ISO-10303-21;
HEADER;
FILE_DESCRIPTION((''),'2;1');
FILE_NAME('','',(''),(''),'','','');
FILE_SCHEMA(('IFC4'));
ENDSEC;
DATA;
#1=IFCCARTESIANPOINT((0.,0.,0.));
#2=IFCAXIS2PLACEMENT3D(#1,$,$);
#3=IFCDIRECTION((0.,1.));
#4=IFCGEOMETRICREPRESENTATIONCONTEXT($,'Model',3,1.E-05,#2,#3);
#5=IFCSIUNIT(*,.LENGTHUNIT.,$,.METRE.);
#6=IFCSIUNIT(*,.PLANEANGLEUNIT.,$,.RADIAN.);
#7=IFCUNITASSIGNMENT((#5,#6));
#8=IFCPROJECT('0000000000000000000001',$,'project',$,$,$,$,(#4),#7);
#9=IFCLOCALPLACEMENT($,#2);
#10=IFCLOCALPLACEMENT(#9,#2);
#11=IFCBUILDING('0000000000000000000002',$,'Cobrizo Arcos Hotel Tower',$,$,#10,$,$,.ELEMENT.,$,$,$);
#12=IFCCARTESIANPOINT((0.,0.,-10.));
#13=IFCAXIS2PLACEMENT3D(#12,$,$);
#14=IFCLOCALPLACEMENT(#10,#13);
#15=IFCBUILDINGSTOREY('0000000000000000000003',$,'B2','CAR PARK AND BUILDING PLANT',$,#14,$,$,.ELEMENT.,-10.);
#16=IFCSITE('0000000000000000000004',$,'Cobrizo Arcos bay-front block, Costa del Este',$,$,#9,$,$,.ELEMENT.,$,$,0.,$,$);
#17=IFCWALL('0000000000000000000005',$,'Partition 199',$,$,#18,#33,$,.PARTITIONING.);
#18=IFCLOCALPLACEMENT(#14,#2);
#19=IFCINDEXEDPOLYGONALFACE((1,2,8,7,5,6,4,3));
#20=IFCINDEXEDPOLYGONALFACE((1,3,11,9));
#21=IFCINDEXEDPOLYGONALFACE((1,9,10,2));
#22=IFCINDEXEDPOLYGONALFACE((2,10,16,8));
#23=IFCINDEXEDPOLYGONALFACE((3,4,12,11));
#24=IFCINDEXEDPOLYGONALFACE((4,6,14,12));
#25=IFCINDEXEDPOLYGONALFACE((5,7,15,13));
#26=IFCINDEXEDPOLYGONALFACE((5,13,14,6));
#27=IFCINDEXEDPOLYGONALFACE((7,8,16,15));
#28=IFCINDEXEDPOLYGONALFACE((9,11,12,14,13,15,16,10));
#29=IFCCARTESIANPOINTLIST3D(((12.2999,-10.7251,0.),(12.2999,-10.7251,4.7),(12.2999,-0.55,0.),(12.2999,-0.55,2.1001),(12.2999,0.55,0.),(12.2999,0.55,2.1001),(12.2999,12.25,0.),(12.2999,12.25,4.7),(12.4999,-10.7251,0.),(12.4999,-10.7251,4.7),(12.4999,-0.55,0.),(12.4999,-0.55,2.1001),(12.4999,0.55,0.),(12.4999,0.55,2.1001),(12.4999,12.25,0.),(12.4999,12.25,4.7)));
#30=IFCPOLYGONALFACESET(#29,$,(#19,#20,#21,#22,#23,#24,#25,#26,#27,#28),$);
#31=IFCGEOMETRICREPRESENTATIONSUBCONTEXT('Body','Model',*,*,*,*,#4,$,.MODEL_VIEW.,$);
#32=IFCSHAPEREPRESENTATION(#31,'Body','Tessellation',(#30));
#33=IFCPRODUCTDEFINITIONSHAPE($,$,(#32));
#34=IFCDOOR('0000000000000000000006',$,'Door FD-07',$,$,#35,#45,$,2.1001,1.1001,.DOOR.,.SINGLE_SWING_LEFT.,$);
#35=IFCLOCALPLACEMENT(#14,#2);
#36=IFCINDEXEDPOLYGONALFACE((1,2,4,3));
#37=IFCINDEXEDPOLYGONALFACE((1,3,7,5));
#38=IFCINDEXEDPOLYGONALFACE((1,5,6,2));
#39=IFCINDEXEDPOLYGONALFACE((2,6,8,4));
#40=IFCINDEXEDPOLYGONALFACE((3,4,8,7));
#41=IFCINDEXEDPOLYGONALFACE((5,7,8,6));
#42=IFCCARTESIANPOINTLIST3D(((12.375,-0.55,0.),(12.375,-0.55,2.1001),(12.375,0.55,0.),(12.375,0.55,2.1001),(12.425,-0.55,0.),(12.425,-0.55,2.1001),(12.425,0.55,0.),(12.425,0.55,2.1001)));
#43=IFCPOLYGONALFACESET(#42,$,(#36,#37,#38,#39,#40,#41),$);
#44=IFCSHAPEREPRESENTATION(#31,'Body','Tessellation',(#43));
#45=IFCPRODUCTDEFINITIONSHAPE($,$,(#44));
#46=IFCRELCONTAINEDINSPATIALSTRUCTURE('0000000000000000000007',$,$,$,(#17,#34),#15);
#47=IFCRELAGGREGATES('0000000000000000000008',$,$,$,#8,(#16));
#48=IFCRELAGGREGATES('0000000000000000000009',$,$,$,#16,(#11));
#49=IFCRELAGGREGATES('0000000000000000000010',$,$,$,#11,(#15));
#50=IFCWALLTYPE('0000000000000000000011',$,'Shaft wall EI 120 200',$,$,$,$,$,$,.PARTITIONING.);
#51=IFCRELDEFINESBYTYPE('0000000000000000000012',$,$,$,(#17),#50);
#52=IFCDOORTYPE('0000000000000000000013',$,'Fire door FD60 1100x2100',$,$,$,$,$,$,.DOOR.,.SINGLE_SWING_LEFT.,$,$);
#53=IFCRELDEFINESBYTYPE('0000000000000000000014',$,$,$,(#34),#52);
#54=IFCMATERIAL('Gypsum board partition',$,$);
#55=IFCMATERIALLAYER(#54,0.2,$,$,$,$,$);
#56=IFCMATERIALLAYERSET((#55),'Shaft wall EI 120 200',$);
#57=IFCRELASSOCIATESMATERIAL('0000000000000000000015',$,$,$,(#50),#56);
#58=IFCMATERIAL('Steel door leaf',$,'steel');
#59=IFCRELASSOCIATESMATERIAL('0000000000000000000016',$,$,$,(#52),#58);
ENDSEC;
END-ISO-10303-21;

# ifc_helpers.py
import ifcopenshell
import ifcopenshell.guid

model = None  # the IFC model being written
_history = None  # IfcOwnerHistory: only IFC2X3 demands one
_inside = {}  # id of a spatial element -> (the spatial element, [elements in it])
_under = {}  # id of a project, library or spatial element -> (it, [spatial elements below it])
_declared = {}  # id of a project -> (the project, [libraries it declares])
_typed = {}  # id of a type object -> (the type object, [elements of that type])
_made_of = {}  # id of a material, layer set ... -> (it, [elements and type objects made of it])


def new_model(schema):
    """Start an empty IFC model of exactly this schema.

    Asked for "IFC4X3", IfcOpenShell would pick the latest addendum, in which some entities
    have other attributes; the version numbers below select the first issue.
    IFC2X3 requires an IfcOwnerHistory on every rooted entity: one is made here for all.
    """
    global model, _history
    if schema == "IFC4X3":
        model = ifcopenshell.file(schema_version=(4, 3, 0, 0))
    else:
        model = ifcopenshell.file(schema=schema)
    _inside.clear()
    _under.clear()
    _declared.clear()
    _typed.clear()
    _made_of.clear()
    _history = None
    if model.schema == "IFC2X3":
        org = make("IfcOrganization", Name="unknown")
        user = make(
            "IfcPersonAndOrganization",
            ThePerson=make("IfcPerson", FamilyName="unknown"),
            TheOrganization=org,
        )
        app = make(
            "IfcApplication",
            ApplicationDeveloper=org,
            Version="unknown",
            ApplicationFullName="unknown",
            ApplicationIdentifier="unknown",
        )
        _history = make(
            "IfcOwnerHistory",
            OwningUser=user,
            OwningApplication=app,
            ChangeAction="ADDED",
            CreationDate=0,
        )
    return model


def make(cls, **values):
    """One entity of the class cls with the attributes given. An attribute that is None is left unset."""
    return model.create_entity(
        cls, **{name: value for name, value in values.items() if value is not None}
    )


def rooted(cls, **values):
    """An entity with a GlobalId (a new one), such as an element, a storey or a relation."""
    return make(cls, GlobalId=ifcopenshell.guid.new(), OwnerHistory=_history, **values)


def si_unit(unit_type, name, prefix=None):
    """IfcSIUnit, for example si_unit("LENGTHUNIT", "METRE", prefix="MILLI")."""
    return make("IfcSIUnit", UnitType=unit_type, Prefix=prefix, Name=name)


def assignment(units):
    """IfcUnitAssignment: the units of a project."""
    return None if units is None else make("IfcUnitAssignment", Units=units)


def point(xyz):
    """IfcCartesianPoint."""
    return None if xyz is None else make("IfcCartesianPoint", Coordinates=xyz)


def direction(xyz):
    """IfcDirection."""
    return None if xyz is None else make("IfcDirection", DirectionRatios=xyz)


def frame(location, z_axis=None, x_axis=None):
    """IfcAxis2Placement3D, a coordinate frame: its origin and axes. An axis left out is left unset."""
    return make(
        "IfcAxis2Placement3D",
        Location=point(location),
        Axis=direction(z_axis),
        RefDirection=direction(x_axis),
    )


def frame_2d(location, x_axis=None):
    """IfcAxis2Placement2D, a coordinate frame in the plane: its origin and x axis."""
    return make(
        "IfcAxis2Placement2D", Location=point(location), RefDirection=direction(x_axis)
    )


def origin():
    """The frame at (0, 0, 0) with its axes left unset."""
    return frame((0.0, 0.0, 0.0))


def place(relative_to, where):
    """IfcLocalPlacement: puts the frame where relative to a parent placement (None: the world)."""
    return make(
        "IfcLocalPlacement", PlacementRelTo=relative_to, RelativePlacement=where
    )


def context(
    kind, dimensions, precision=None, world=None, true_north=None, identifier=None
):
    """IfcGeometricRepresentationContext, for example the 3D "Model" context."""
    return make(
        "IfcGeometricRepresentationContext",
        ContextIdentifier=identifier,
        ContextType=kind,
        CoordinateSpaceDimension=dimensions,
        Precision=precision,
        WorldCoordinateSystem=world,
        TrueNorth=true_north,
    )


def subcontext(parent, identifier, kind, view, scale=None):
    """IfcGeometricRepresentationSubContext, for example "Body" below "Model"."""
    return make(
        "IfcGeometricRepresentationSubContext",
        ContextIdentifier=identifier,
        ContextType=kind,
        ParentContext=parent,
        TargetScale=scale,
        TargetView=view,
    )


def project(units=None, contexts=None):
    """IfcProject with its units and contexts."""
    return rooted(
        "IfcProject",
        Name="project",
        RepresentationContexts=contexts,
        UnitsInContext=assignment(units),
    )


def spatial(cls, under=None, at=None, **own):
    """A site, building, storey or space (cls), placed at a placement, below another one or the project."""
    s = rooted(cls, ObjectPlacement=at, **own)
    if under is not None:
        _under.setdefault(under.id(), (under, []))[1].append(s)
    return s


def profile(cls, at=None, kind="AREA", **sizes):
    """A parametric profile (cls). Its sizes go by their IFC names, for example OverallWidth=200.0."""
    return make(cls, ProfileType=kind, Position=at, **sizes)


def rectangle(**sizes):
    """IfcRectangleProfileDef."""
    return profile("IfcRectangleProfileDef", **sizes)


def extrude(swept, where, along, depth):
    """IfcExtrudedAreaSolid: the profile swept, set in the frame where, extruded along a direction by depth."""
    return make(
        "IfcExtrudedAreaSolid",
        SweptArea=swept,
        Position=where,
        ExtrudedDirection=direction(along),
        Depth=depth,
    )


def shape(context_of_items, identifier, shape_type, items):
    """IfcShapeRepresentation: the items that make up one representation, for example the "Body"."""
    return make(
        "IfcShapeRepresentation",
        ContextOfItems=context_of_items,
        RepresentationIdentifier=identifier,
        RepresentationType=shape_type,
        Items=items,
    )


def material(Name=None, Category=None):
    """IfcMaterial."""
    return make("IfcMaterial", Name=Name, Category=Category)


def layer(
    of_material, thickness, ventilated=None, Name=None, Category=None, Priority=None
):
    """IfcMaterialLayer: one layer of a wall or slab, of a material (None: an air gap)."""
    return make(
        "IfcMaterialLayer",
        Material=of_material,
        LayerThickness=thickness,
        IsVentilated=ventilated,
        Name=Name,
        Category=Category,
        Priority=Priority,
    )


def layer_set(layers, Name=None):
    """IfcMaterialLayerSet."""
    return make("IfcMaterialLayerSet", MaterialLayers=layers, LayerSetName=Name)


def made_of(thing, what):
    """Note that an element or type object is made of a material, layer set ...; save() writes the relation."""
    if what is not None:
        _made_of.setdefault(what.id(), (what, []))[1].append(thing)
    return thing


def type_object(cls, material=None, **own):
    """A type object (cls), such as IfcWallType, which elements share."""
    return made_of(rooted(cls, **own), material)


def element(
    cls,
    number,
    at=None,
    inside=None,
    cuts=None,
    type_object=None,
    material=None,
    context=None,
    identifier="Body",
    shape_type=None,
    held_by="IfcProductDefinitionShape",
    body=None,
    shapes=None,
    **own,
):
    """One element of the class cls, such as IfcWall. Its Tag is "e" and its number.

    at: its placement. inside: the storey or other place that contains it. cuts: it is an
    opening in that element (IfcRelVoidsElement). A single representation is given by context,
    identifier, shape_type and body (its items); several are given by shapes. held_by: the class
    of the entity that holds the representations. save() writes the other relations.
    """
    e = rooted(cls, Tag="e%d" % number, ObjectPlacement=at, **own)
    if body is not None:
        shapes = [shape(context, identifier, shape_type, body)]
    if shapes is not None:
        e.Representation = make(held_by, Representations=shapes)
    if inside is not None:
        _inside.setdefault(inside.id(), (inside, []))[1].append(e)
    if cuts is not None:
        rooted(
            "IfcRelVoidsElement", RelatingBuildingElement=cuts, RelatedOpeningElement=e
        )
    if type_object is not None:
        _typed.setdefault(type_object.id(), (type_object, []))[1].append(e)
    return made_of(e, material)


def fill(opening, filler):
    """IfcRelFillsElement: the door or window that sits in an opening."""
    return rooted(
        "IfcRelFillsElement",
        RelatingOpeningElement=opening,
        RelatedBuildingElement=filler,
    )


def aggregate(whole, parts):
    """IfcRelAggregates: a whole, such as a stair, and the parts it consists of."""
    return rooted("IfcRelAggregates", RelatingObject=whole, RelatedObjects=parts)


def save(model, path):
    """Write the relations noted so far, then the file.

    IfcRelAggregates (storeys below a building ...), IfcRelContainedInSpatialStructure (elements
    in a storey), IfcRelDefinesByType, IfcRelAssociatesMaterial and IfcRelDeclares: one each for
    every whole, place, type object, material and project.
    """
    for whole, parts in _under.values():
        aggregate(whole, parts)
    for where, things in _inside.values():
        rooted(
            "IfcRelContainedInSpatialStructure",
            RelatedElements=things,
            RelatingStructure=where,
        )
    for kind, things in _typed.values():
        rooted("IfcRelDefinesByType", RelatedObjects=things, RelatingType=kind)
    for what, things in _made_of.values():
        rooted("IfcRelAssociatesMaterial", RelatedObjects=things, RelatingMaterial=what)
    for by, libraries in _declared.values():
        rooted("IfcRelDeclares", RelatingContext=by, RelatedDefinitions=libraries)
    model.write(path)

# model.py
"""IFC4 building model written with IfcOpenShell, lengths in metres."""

from ifc_helpers import new_model, si_unit, direction, frame, frame_2d, origin, place, context, subcontext, project, spatial, rectangle, extrude, material, layer, layer_set, type_object, element, fill, save


model = new_model("IFC4")

# Units and contexts
model_context = context("Model", 3, precision=1e-05, world=origin(), true_north=direction((0.0, 1.0)))
body_context = subcontext(model_context, "Body", "Model", "MODEL_VIEW")
ifc_project = project(units=[si_unit("LENGTHUNIT", "METRE"), si_unit("PLANEANGLEUNIT", "RADIAN")], contexts=[model_context])

# Site, building, storey
site_placement = place(None, origin())
site = spatial("IfcSite", under=ifc_project, at=site_placement, Name="Cobrizo Arcos bay-front block, Costa del Este", CompositionType="ELEMENT", RefElevation=0.0)
building_placement = place(site_placement, origin())
building = spatial("IfcBuilding", under=site, at=building_placement, Name="Cobrizo Arcos Hotel Tower", CompositionType="ELEMENT")
storey_placement = place(building_placement, frame((0.0, 0.0, -10.0)))
storey = spatial("IfcBuildingStorey", under=building, at=storey_placement, Name="B2", Description="CAR PARK AND BUILDING PLANT", CompositionType="ELEMENT", Elevation=-10.0)

# Shared definitions
ifc_material_1 = material(Name="Gypsum board partition")

# Wall, opening, door
ifc_layer_1 = layer(ifc_material_1, 0.2)
ifc_layer_set_1 = layer_set([ifc_layer_1], Name="Shaft wall EI 120 200")
wall_type_1 = type_object("IfcWallType", Name="Shaft wall EI 120 200", PredefinedType="PARTITIONING", material=ifc_layer_set_1)
wall_1_placement = place(storey_placement, frame((12.3999, -10.7251, 0.0), z_axis=(0.0, 0.0, 1.0), x_axis=(0.0, 1.0, 0.0)))
wall_1 = element("IfcWall", 1, at=wall_1_placement, inside=storey, type_object=wall_type_1, Name="Partition 199", PredefinedType="PARTITIONING", context=body_context, shape_type="SweptSolid", body=[
    extrude(rectangle(XDim=22.9751, YDim=0.2, at=frame_2d((11.4875, 0.0))), origin(), (0.0, 0.0, 1.0), 4.7),
])
opening_placement = place(wall_1_placement, frame((10.175, 0.0, 0.0)))
opening = element("IfcOpeningElement", 2, at=opening_placement, cuts=wall_1, PredefinedType="OPENING", context=body_context, shape_type="SweptSolid", body=[
    extrude(rectangle(XDim=1.1001, YDim=2.1001, at=frame_2d((0.55, 1.05))), frame((0.0, 0.1121, 0.0), z_axis=(0.0, -1.0, 0.0), x_axis=(1.0, 0.0, 0.0)), (0.0, 0.0, 1.0), 0.2239),
])
ifc_material_2 = material(Name="Steel door leaf", Category="steel")
door_type = type_object("IfcDoorType", Name="Fire door FD60 1100x2100", OperationType="SINGLE_SWING_LEFT", PredefinedType="DOOR", material=ifc_material_2)
door_placement = place(opening_placement, origin())
door = element("IfcDoor", 3, at=door_placement, inside=storey, type_object=door_type, Name="Door FD-07", OperationType="SINGLE_SWING_LEFT", OverallHeight=2.1001, OverallWidth=1.1001, PredefinedType="DOOR", context=body_context, shape_type="SweptSolid", body=[
    extrude(rectangle(XDim=1.1001, YDim=2.1001, at=frame_2d((0.55, 1.05))), frame((0.0, 0.0249, 0.0), z_axis=(0.0, -1.0, 0.0), x_axis=(1.0, 0.0, 0.0)), (0.0, 0.0, 1.0), 0.05),
])
fill(opening, door)

save(model, "model.ifc")
